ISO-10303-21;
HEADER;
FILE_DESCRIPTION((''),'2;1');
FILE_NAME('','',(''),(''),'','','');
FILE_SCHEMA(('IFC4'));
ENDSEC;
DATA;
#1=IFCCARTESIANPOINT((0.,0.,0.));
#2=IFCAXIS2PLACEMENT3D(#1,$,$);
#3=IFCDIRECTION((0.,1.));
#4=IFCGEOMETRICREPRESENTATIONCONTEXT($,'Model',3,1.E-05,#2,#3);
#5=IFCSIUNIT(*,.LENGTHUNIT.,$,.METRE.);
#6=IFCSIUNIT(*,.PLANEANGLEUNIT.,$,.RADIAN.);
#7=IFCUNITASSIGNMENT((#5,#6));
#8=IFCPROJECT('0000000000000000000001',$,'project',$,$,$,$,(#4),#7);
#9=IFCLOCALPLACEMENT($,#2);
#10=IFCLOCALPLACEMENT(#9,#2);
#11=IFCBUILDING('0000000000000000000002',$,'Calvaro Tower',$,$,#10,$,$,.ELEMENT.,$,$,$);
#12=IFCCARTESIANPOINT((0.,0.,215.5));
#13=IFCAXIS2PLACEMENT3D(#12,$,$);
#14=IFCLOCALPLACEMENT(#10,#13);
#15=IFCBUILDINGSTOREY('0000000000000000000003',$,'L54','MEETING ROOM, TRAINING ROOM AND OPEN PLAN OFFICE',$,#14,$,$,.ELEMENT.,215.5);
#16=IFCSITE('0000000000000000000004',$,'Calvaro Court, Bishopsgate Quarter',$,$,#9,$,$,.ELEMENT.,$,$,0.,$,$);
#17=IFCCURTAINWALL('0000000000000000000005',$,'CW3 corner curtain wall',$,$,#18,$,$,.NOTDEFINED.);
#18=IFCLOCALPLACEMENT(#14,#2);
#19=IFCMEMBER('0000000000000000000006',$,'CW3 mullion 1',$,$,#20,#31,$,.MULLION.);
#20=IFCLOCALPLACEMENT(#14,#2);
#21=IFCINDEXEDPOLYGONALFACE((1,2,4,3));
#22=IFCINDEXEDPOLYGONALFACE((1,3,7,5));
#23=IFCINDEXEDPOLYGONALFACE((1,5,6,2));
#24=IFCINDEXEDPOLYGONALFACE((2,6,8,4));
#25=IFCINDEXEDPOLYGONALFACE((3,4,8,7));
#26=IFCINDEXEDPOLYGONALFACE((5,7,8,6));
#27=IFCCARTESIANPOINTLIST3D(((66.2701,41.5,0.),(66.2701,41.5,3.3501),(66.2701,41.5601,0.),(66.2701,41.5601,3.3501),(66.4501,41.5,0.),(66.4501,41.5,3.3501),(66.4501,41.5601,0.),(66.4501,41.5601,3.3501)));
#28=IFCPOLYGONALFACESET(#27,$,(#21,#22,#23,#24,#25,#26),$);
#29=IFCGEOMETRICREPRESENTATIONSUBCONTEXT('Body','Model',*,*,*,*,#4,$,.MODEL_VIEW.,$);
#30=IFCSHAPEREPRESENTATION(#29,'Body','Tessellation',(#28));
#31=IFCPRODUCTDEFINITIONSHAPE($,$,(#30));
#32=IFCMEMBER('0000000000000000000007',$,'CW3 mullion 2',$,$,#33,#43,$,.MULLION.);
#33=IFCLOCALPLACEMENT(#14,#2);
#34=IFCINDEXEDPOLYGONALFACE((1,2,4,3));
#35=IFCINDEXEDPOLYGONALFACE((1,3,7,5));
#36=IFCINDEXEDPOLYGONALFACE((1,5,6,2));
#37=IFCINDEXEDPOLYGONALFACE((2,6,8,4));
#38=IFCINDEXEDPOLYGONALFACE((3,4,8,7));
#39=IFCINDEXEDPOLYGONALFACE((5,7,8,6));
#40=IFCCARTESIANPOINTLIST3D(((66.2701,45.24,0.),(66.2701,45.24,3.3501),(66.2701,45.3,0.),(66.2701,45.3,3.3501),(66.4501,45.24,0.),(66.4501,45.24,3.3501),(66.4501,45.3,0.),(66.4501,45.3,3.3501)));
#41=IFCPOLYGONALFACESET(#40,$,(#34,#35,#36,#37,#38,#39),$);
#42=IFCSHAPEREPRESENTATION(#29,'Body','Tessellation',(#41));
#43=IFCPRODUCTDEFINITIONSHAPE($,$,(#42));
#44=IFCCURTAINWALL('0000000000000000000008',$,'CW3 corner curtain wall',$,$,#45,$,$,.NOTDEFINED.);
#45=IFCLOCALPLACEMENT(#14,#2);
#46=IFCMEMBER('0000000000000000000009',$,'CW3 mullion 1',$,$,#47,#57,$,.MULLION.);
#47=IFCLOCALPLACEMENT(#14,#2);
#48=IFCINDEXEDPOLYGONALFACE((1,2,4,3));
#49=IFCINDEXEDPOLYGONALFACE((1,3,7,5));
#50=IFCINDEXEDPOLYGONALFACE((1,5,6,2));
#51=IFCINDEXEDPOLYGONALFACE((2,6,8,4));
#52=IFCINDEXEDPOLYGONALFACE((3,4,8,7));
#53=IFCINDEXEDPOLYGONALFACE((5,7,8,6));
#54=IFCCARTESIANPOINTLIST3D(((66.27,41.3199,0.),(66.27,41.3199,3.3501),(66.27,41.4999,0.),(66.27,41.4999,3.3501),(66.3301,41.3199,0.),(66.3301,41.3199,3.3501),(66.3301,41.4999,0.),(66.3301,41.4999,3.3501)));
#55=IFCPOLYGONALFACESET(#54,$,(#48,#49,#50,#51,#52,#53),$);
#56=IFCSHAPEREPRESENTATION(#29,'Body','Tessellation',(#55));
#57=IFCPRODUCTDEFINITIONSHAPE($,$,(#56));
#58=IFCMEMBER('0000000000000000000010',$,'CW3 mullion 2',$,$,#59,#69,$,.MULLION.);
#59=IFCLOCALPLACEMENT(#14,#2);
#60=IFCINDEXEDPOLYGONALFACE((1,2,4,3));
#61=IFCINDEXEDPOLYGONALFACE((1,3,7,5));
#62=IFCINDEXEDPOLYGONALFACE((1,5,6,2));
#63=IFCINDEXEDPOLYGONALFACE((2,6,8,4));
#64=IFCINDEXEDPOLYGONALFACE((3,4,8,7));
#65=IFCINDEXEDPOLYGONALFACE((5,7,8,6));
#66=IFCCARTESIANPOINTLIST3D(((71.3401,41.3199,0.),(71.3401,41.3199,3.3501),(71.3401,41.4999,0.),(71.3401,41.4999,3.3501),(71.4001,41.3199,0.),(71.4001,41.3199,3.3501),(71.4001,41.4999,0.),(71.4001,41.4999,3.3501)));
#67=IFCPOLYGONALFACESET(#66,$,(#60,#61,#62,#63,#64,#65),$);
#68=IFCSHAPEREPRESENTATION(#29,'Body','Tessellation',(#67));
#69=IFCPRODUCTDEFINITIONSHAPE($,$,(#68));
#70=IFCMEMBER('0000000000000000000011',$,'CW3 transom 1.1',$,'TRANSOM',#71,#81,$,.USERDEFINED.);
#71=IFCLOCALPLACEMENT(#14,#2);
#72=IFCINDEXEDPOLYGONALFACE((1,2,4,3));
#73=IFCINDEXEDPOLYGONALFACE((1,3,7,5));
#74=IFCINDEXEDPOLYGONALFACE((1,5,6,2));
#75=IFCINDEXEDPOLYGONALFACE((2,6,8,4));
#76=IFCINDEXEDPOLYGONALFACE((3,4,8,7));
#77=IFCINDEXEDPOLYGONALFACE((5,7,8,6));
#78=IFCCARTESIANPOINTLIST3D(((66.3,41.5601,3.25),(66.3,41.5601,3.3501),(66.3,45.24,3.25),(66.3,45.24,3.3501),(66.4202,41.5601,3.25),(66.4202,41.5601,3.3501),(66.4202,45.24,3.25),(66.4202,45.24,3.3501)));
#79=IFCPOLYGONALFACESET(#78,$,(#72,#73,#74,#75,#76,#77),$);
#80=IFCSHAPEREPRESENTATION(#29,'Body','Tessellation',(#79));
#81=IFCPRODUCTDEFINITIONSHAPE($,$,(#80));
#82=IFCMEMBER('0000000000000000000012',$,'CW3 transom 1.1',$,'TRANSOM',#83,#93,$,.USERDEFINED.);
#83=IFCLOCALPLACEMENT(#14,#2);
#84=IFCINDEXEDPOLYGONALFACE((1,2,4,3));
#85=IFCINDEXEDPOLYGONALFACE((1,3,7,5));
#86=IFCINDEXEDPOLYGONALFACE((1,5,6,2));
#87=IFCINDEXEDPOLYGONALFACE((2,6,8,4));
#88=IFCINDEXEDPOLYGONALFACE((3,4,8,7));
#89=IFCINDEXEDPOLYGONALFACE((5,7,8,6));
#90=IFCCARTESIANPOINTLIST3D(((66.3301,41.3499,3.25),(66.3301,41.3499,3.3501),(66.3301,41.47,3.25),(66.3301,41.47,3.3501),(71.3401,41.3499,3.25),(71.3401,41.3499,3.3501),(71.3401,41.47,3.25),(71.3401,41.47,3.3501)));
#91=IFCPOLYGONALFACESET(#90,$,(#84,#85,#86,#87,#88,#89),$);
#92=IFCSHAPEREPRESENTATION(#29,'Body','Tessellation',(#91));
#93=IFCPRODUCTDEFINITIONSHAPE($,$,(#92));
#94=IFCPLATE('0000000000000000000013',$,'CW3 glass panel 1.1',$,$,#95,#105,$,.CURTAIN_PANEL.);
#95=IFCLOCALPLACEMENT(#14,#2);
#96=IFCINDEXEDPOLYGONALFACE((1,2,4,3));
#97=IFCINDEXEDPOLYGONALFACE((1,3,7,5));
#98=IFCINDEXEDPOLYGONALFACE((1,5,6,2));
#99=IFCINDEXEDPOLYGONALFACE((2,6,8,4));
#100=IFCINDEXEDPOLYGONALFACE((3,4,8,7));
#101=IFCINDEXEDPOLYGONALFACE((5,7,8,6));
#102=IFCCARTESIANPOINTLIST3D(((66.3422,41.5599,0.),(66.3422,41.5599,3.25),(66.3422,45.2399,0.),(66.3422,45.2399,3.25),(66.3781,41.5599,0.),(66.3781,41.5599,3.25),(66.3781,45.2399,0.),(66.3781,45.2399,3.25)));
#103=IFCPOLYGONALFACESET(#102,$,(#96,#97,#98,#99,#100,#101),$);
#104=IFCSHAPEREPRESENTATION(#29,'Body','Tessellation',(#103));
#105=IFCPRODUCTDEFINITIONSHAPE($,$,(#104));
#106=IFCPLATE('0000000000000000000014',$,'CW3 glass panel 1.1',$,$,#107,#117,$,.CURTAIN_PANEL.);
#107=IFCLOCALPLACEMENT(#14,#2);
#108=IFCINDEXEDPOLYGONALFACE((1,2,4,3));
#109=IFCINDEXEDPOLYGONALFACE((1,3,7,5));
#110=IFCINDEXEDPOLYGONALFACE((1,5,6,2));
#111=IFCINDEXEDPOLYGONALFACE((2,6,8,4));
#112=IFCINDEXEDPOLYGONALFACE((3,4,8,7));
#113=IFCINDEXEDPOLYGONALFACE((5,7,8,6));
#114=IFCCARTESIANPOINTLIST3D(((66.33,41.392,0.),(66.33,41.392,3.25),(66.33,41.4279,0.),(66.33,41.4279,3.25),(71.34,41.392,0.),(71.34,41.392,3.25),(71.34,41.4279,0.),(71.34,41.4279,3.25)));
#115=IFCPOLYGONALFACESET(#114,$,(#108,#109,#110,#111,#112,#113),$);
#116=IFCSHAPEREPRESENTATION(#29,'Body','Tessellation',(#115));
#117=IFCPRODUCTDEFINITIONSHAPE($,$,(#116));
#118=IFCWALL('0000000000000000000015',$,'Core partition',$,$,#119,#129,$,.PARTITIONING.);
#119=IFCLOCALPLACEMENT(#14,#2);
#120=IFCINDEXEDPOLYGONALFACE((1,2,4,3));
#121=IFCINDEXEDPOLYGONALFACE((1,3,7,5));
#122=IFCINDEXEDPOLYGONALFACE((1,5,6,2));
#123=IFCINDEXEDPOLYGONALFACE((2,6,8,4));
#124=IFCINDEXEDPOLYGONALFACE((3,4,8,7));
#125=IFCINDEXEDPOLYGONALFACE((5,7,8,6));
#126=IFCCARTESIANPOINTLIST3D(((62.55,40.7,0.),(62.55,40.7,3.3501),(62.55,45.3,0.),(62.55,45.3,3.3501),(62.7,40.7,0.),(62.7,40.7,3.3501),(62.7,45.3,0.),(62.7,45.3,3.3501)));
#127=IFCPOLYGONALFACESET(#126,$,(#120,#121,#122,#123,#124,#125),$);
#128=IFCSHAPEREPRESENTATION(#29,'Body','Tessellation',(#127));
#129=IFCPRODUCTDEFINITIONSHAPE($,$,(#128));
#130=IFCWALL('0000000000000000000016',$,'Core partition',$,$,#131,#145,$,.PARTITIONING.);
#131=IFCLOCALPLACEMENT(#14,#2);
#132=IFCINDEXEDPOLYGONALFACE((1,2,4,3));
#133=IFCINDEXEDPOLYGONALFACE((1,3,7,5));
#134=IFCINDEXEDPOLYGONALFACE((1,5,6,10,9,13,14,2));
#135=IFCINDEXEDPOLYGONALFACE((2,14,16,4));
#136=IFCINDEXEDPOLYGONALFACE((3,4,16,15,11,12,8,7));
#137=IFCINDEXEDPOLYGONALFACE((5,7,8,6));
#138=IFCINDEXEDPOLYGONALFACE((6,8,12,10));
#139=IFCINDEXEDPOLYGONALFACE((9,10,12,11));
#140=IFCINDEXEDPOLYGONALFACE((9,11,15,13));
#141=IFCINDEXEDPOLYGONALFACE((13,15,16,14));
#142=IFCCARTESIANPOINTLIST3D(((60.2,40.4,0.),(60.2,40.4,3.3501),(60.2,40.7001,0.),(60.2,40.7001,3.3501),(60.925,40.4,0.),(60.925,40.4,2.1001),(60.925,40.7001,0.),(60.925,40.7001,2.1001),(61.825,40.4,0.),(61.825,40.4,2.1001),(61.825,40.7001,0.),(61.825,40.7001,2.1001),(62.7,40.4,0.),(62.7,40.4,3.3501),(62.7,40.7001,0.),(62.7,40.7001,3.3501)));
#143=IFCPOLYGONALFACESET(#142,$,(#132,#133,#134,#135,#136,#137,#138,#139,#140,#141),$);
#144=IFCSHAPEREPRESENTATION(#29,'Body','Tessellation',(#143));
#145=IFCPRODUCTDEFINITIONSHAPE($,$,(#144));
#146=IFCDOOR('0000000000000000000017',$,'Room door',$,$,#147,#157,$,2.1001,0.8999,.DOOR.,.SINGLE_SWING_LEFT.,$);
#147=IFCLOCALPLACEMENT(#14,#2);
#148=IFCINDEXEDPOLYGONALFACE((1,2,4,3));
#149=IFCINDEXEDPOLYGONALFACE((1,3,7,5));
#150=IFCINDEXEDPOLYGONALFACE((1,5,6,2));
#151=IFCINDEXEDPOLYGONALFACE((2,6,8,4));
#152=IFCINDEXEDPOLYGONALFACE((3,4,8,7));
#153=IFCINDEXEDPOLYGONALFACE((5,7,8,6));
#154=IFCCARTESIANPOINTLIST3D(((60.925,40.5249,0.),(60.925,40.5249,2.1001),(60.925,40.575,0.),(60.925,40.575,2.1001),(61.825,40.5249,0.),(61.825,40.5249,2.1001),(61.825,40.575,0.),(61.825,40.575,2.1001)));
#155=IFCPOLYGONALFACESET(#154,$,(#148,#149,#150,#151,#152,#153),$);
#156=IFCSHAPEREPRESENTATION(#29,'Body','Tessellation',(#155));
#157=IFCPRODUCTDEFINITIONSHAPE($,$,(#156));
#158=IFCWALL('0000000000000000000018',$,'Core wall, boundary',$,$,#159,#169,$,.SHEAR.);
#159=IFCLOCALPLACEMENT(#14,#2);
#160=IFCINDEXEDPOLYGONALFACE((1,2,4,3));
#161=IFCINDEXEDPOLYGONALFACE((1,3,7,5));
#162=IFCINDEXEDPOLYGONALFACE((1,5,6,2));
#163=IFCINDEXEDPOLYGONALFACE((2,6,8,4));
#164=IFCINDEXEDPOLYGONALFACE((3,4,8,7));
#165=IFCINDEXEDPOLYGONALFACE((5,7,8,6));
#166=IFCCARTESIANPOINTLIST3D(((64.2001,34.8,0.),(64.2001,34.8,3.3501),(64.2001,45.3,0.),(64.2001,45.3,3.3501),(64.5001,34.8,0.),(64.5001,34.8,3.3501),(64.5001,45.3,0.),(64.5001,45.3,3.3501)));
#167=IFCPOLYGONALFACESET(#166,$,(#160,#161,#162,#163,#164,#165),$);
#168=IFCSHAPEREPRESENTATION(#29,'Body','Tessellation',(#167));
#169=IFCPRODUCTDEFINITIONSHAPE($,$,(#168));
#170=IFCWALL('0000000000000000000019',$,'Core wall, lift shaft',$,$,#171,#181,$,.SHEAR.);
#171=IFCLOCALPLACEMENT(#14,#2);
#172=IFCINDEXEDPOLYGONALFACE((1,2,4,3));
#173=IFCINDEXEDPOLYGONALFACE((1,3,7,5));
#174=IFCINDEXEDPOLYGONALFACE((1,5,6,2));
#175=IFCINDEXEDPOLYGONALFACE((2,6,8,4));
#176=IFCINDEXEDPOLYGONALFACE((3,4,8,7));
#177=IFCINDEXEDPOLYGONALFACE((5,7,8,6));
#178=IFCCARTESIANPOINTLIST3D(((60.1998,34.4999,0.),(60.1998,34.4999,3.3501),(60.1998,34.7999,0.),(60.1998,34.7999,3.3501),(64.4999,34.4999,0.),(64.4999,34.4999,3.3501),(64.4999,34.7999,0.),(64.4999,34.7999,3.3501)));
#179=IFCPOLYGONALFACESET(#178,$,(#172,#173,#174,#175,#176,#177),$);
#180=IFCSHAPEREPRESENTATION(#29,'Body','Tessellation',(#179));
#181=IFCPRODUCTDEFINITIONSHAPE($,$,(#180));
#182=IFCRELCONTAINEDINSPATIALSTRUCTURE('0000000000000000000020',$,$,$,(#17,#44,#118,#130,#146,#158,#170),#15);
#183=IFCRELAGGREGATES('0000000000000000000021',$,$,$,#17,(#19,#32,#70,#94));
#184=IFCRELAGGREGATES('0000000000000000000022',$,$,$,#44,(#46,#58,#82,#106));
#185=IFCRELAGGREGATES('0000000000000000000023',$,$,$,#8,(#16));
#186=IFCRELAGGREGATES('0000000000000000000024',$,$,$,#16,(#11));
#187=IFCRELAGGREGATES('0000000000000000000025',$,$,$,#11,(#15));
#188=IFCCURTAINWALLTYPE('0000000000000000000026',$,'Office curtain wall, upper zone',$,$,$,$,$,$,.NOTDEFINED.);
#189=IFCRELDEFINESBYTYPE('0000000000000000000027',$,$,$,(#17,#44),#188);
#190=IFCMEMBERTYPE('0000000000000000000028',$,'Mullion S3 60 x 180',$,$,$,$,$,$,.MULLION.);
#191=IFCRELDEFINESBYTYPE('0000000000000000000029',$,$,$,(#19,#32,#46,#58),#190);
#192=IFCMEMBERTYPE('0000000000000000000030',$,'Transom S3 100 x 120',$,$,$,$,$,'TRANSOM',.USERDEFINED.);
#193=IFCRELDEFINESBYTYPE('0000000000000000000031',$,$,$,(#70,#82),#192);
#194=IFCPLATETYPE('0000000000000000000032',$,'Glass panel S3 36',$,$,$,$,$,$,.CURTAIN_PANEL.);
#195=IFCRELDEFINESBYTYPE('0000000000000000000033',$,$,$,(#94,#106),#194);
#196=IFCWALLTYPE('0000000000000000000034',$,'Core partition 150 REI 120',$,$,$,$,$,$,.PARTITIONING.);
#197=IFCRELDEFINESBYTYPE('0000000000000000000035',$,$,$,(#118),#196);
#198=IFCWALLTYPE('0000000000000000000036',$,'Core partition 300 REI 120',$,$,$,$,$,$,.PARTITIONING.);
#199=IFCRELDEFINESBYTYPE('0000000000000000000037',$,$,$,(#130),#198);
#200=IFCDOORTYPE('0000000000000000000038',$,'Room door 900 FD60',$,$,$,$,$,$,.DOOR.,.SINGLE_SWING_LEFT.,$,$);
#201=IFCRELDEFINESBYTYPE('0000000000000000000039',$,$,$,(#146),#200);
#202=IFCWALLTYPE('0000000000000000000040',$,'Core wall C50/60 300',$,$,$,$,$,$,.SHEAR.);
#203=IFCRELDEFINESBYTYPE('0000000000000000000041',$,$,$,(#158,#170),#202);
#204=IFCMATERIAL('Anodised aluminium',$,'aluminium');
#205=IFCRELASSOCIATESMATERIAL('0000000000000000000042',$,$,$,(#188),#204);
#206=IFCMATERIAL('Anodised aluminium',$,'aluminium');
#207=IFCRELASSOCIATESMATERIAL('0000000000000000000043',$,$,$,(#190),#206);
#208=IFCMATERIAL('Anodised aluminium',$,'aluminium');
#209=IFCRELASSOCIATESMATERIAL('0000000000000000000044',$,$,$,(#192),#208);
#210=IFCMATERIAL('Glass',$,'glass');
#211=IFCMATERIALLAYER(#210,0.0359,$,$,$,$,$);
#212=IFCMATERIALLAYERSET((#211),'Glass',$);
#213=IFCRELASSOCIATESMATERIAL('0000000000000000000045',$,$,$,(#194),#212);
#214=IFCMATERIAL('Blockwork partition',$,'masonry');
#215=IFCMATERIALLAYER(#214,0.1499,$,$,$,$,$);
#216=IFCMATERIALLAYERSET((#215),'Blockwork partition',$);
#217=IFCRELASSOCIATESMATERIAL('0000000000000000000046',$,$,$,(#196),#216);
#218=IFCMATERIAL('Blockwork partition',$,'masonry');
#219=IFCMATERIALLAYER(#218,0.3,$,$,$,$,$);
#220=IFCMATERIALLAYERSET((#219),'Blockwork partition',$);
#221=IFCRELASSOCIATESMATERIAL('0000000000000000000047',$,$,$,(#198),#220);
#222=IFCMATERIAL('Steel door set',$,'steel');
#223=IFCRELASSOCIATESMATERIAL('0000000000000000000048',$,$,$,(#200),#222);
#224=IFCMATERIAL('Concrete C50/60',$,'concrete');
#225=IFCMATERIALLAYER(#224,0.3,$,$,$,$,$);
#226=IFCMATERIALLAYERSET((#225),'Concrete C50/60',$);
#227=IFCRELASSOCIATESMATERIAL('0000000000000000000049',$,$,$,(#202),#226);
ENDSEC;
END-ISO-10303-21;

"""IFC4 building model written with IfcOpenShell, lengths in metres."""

from ifc_helpers import new_model, si_unit, direction, frame, frame_2d, origin, origin_2d, place, context, subcontext, project, spatial, rectangle, extrude, material, layer, layer_set, material_profile, profile_set, type_object, element, fill, aggregate, save


model = new_model("IFC4")

# Units and contexts
model_context = context("Model", 3, precision=1e-05, world=origin(), true_north=direction((0.0, 1.0)))
body_context = subcontext(model_context, "Body", "Model", "MODEL_VIEW")
ifc_project = project(units=[si_unit("LENGTHUNIT", "METRE"), si_unit("PLANEANGLEUNIT", "RADIAN")], contexts=[model_context])

# Site, building, storey
site_placement = place(None, origin())
site = spatial("IfcSite", under=ifc_project, at=site_placement, Name="Calvaro Court, Bishopsgate Quarter", CompositionType="ELEMENT", RefElevation=0.0)
building_placement = place(site_placement, origin())
building = spatial("IfcBuilding", under=site, at=building_placement, Name="Calvaro Tower", CompositionType="ELEMENT")
storey_placement = place(building_placement, frame((0.0, 0.0, 215.5)))
storey = spatial("IfcBuildingStorey", under=building, at=storey_placement, Name="L54", Description="MEETING ROOM, TRAINING ROOM AND OPEN PLAN OFFICE", CompositionType="ELEMENT", Elevation=215.5)

# Curtain walls, members
ifc_material_1 = material(Name="Anodised aluminium", Category="aluminium")
curtain_wall_type = type_object("IfcCurtainWallType", Name="Office curtain wall, upper zone", PredefinedType="NOTDEFINED", material=ifc_material_1)
curtain_wall_1_placement = place(storey_placement, origin())
curtain_wall_1 = element("IfcCurtainWall", 1, at=curtain_wall_1_placement, inside=storey, type_object=curtain_wall_type, Name="CW3 corner curtain wall", PredefinedType="NOTDEFINED")
ifc_material_2 = material(Name="Anodised aluminium", Category="aluminium")
ifc_material_profile_1 = material_profile(ifc_material_2, rectangle(XDim=0.1799, YDim=0.0601, at=origin_2d()), Name="Mullion S3 60 x 180")
ifc_profile_set_1 = profile_set([ifc_material_profile_1], Name="Anodised aluminium")
member_type_1 = type_object("IfcMemberType", Name="Mullion S3 60 x 180", PredefinedType="MULLION", material=ifc_profile_set_1)
member_1_placement = place(storey_placement, frame((66.3601, 41.53, 0.0), z_axis=(0.0, 0.0, 1.0), x_axis=(-1.0, 0.0, 0.0)))
member_1 = element("IfcMember", 2, at=member_1_placement, type_object=member_type_1, Name="CW3 mullion 1", PredefinedType="MULLION", context=body_context, shape_type="SweptSolid", body=[
    extrude(rectangle(XDim=0.1799, YDim=0.0601, at=origin_2d()), origin(), (0.0, 0.0, 1.0), 3.3501),
])
member_2_placement = place(storey_placement, frame((66.3601, 45.27, 0.0), z_axis=(0.0, 0.0, 1.0), x_axis=(-1.0, 0.0, 0.0)))
member_2 = element("IfcMember", 3, at=member_2_placement, type_object=member_type_1, Name="CW3 mullion 2", PredefinedType="MULLION", context=body_context, shape_type="SweptSolid", body=[
    extrude(rectangle(XDim=0.1799, YDim=0.0601, at=origin_2d()), origin(), (0.0, 0.0, 1.0), 3.3501),
])
curtain_wall_2_placement = place(storey_placement, origin())
curtain_wall_2 = element("IfcCurtainWall", 4, at=curtain_wall_2_placement, inside=storey, type_object=curtain_wall_type, Name="CW3 corner curtain wall", PredefinedType="NOTDEFINED")
member_3_placement = place(storey_placement, frame((66.3, 41.4099, 0.0), z_axis=(0.0, 0.0, 1.0), x_axis=(0.0, 1.0, 0.0)))
member_3 = element("IfcMember", 5, at=member_3_placement, type_object=member_type_1, Name="CW3 mullion 1", PredefinedType="MULLION", context=body_context, shape_type="SweptSolid", body=[
    extrude(rectangle(XDim=0.1799, YDim=0.0601, at=origin_2d()), origin(), (0.0, 0.0, 1.0), 3.3501),
])
member_4_placement = place(storey_placement, frame((71.3701, 41.4099, 0.0), z_axis=(0.0, 0.0, 1.0), x_axis=(0.0, 1.0, 0.0)))
member_4 = element("IfcMember", 6, at=member_4_placement, type_object=member_type_1, Name="CW3 mullion 2", PredefinedType="MULLION", context=body_context, shape_type="SweptSolid", body=[
    extrude(rectangle(XDim=0.1799, YDim=0.0601, at=origin_2d()), origin(), (0.0, 0.0, 1.0), 3.3501),
])

# Members
ifc_material_3 = material(Name="Anodised aluminium", Category="aluminium")
ifc_material_profile_2 = material_profile(ifc_material_3, rectangle(XDim=0.1201, YDim=0.1001, at=origin_2d()), Name="Transom S3 100 x 120")
ifc_profile_set_2 = profile_set([ifc_material_profile_2], Name="Anodised aluminium")
member_type_2 = type_object("IfcMemberType", Name="Transom S3 100 x 120", ElementType="TRANSOM", PredefinedType="USERDEFINED", material=ifc_profile_set_2)
member_5_placement = place(storey_placement, frame((66.3601, 41.5601, 3.3), z_axis=(0.0, 1.0, 0.0), x_axis=(-1.0, 0.0, 0.0)))
member_5 = element("IfcMember", 7, at=member_5_placement, type_object=member_type_2, Name="CW3 transom 1.1", ObjectType="TRANSOM", PredefinedType="USERDEFINED", context=body_context, shape_type="SweptSolid", body=[
    extrude(rectangle(XDim=0.1201, YDim=0.1001, at=origin_2d()), origin(), (0.0, 0.0, 1.0), 3.6799),
])
member_6_placement = place(storey_placement, frame((66.3301, 41.4099, 3.3), z_axis=(1.0, 0.0, 0.0), x_axis=(0.0, 1.0, 0.0)))
member_6 = element("IfcMember", 8, at=member_6_placement, type_object=member_type_2, Name="CW3 transom 1.1", ObjectType="TRANSOM", PredefinedType="USERDEFINED", context=body_context, shape_type="SweptSolid", body=[
    extrude(rectangle(XDim=0.1201, YDim=0.1001, at=origin_2d()), origin(), (0.0, 0.0, 1.0), 5.01),
])

# Plates
ifc_material_4 = material(Name="Glass", Category="glass")
ifc_layer_1 = layer(ifc_material_4, 0.0359)
ifc_layer_set_1 = layer_set([ifc_layer_1], Name="Glass")
plate_type = type_object("IfcPlateType", Name="Glass panel S3 36", PredefinedType="CURTAIN_PANEL", material=ifc_layer_set_1)
plate_1_placement = place(storey_placement, frame((66.3601, 43.3999, 0.0), z_axis=(0.0, 0.0, 1.0), x_axis=(0.0, 1.0, 0.0)))
plate_1 = element("IfcPlate", 9, at=plate_1_placement, type_object=plate_type, Name="CW3 glass panel 1.1", PredefinedType="CURTAIN_PANEL", context=body_context, shape_type="SweptSolid", body=[
    extrude(rectangle(XDim=3.6799, YDim=0.0359, at=origin_2d()), origin(), (0.0, 0.0, 1.0), 3.25),
])
aggregate(curtain_wall_1, [member_1, member_2, member_5, plate_1])
plate_2_placement = place(storey_placement, frame((68.835, 41.4099, 0.0), z_axis=(0.0, 0.0, 1.0), x_axis=(1.0, 0.0, 0.0)))
plate_2 = element("IfcPlate", 10, at=plate_2_placement, type_object=plate_type, Name="CW3 glass panel 1.1", PredefinedType="CURTAIN_PANEL", context=body_context, shape_type="SweptSolid", body=[
    extrude(rectangle(XDim=5.01, YDim=0.0359, at=origin_2d()), origin(), (0.0, 0.0, 1.0), 3.25),
])
aggregate(curtain_wall_2, [member_3, member_4, member_6, plate_2])

# Wall
ifc_material_5 = material(Name="Blockwork partition", Category="masonry")
ifc_layer_2 = layer(ifc_material_5, 0.1499)
ifc_layer_set_2 = layer_set([ifc_layer_2], Name="Blockwork partition")
wall_type_1 = type_object("IfcWallType", Name="Core partition 150 REI 120", PredefinedType="PARTITIONING", material=ifc_layer_set_2)
wall_1_placement = place(storey_placement, frame((62.625, 40.7, 0.0), z_axis=(0.0, 0.0, 1.0), x_axis=(0.0, 1.0, 0.0)))
element("IfcWall", 11, at=wall_1_placement, inside=storey, type_object=wall_type_1, Name="Core partition", PredefinedType="PARTITIONING", context=body_context, shape_type="SweptSolid", body=[
    extrude(rectangle(XDim=4.6001, YDim=0.1499, at=frame_2d((2.3, 0.0))), origin(), (0.0, 0.0, 1.0), 3.3501),
])

# Wall, opening, door
ifc_material_6 = material(Name="Blockwork partition", Category="masonry")
ifc_layer_3 = layer(ifc_material_6, 0.3)
ifc_layer_set_3 = layer_set([ifc_layer_3], Name="Blockwork partition")
wall_type_2 = type_object("IfcWallType", Name="Core partition 300 REI 120", PredefinedType="PARTITIONING", material=ifc_layer_set_3)
wall_2_placement = place(storey_placement, frame((60.2, 40.55, 0.0), z_axis=(0.0, 0.0, 1.0), x_axis=(1.0, 0.0, 0.0)))
wall_2 = element("IfcWall", 12, at=wall_2_placement, inside=storey, type_object=wall_type_2, Name="Core partition", PredefinedType="PARTITIONING", context=body_context, shape_type="SweptSolid", body=[
    extrude(rectangle(XDim=2.5, YDim=0.3, at=frame_2d((1.25, 0.0))), origin(), (0.0, 0.0, 1.0), 3.3501),
])
opening_1_placement = place(wall_2_placement, frame((0.7251, 0.0, 0.0)))
opening_1 = element("IfcOpeningElement", 13, at=opening_1_placement, cuts=wall_2, PredefinedType="OPENING", context=body_context, shape_type="SweptSolid", body=[
    extrude(rectangle(XDim=0.8999, YDim=2.1001, at=frame_2d((0.45, 1.05))), frame((0.0, 0.1599, 0.0), z_axis=(0.0, -1.0, 0.0), x_axis=(1.0, 0.0, 0.0)), (0.0, 0.0, 1.0), 0.3201),
])
ifc_material_7 = material(Name="Steel door set", Category="steel")
door_type_1 = type_object("IfcDoorType", Name="Room door 900 FD60", OperationType="SINGLE_SWING_LEFT", PredefinedType="DOOR", material=ifc_material_7)
door_1_placement = place(opening_1_placement, origin())
door_1 = element("IfcDoor", 14, at=door_1_placement, inside=storey, type_object=door_type_1, Name="Room door", OperationType="SINGLE_SWING_LEFT", OverallHeight=2.1001, OverallWidth=0.8999, PredefinedType="DOOR", context=body_context, shape_type="SweptSolid", body=[
    extrude(rectangle(XDim=0.8999, YDim=2.1001, at=frame_2d((0.45, 1.05))), frame((0.0, 0.0249, 0.0), z_axis=(0.0, -1.0, 0.0), x_axis=(1.0, 0.0, 0.0)), (0.0, 0.0, 1.0), 0.05),
])
fill(opening_1, door_1)

# Walls
ifc_material_8 = material(Name="Concrete C50/60", Category="concrete")
ifc_layer_4 = layer(ifc_material_8, 0.3)
ifc_layer_set_4 = layer_set([ifc_layer_4], Name="Concrete C50/60")
wall_type_3 = type_object("IfcWallType", Name="Core wall C50/60 300", PredefinedType="SHEAR", material=ifc_layer_set_4)
wall_3_placement = place(storey_placement, frame((64.3501, 34.8, 0.0), z_axis=(0.0, 0.0, 1.0), x_axis=(0.0, 1.0, 0.0)))
element("IfcWall", 15, at=wall_3_placement, inside=storey, type_object=wall_type_3, Name="Core wall, boundary", PredefinedType="SHEAR", context=body_context, shape_type="SweptSolid", body=[
    extrude(rectangle(XDim=10.5, YDim=0.3, at=frame_2d((5.25, 0.0))), origin(), (0.0, 0.0, 1.0), 3.3501),
])
wall_4_placement = place(storey_placement, frame((60.2, 34.6499, 0.0), z_axis=(0.0, 0.0, 1.0), x_axis=(1.0, 0.0, 0.0)))
element("IfcWall", 16, at=wall_4_placement, inside=storey, type_object=wall_type_3, Name="Core wall, lift shaft", PredefinedType="SHEAR", context=body_context, shape_type="SweptSolid", body=[
    extrude(rectangle(XDim=4.3, YDim=0.3, at=frame_2d((2.1499, 0.0))), origin(), (0.0, 0.0, 1.0), 3.3501),
])

save(model, "model.ifc")
